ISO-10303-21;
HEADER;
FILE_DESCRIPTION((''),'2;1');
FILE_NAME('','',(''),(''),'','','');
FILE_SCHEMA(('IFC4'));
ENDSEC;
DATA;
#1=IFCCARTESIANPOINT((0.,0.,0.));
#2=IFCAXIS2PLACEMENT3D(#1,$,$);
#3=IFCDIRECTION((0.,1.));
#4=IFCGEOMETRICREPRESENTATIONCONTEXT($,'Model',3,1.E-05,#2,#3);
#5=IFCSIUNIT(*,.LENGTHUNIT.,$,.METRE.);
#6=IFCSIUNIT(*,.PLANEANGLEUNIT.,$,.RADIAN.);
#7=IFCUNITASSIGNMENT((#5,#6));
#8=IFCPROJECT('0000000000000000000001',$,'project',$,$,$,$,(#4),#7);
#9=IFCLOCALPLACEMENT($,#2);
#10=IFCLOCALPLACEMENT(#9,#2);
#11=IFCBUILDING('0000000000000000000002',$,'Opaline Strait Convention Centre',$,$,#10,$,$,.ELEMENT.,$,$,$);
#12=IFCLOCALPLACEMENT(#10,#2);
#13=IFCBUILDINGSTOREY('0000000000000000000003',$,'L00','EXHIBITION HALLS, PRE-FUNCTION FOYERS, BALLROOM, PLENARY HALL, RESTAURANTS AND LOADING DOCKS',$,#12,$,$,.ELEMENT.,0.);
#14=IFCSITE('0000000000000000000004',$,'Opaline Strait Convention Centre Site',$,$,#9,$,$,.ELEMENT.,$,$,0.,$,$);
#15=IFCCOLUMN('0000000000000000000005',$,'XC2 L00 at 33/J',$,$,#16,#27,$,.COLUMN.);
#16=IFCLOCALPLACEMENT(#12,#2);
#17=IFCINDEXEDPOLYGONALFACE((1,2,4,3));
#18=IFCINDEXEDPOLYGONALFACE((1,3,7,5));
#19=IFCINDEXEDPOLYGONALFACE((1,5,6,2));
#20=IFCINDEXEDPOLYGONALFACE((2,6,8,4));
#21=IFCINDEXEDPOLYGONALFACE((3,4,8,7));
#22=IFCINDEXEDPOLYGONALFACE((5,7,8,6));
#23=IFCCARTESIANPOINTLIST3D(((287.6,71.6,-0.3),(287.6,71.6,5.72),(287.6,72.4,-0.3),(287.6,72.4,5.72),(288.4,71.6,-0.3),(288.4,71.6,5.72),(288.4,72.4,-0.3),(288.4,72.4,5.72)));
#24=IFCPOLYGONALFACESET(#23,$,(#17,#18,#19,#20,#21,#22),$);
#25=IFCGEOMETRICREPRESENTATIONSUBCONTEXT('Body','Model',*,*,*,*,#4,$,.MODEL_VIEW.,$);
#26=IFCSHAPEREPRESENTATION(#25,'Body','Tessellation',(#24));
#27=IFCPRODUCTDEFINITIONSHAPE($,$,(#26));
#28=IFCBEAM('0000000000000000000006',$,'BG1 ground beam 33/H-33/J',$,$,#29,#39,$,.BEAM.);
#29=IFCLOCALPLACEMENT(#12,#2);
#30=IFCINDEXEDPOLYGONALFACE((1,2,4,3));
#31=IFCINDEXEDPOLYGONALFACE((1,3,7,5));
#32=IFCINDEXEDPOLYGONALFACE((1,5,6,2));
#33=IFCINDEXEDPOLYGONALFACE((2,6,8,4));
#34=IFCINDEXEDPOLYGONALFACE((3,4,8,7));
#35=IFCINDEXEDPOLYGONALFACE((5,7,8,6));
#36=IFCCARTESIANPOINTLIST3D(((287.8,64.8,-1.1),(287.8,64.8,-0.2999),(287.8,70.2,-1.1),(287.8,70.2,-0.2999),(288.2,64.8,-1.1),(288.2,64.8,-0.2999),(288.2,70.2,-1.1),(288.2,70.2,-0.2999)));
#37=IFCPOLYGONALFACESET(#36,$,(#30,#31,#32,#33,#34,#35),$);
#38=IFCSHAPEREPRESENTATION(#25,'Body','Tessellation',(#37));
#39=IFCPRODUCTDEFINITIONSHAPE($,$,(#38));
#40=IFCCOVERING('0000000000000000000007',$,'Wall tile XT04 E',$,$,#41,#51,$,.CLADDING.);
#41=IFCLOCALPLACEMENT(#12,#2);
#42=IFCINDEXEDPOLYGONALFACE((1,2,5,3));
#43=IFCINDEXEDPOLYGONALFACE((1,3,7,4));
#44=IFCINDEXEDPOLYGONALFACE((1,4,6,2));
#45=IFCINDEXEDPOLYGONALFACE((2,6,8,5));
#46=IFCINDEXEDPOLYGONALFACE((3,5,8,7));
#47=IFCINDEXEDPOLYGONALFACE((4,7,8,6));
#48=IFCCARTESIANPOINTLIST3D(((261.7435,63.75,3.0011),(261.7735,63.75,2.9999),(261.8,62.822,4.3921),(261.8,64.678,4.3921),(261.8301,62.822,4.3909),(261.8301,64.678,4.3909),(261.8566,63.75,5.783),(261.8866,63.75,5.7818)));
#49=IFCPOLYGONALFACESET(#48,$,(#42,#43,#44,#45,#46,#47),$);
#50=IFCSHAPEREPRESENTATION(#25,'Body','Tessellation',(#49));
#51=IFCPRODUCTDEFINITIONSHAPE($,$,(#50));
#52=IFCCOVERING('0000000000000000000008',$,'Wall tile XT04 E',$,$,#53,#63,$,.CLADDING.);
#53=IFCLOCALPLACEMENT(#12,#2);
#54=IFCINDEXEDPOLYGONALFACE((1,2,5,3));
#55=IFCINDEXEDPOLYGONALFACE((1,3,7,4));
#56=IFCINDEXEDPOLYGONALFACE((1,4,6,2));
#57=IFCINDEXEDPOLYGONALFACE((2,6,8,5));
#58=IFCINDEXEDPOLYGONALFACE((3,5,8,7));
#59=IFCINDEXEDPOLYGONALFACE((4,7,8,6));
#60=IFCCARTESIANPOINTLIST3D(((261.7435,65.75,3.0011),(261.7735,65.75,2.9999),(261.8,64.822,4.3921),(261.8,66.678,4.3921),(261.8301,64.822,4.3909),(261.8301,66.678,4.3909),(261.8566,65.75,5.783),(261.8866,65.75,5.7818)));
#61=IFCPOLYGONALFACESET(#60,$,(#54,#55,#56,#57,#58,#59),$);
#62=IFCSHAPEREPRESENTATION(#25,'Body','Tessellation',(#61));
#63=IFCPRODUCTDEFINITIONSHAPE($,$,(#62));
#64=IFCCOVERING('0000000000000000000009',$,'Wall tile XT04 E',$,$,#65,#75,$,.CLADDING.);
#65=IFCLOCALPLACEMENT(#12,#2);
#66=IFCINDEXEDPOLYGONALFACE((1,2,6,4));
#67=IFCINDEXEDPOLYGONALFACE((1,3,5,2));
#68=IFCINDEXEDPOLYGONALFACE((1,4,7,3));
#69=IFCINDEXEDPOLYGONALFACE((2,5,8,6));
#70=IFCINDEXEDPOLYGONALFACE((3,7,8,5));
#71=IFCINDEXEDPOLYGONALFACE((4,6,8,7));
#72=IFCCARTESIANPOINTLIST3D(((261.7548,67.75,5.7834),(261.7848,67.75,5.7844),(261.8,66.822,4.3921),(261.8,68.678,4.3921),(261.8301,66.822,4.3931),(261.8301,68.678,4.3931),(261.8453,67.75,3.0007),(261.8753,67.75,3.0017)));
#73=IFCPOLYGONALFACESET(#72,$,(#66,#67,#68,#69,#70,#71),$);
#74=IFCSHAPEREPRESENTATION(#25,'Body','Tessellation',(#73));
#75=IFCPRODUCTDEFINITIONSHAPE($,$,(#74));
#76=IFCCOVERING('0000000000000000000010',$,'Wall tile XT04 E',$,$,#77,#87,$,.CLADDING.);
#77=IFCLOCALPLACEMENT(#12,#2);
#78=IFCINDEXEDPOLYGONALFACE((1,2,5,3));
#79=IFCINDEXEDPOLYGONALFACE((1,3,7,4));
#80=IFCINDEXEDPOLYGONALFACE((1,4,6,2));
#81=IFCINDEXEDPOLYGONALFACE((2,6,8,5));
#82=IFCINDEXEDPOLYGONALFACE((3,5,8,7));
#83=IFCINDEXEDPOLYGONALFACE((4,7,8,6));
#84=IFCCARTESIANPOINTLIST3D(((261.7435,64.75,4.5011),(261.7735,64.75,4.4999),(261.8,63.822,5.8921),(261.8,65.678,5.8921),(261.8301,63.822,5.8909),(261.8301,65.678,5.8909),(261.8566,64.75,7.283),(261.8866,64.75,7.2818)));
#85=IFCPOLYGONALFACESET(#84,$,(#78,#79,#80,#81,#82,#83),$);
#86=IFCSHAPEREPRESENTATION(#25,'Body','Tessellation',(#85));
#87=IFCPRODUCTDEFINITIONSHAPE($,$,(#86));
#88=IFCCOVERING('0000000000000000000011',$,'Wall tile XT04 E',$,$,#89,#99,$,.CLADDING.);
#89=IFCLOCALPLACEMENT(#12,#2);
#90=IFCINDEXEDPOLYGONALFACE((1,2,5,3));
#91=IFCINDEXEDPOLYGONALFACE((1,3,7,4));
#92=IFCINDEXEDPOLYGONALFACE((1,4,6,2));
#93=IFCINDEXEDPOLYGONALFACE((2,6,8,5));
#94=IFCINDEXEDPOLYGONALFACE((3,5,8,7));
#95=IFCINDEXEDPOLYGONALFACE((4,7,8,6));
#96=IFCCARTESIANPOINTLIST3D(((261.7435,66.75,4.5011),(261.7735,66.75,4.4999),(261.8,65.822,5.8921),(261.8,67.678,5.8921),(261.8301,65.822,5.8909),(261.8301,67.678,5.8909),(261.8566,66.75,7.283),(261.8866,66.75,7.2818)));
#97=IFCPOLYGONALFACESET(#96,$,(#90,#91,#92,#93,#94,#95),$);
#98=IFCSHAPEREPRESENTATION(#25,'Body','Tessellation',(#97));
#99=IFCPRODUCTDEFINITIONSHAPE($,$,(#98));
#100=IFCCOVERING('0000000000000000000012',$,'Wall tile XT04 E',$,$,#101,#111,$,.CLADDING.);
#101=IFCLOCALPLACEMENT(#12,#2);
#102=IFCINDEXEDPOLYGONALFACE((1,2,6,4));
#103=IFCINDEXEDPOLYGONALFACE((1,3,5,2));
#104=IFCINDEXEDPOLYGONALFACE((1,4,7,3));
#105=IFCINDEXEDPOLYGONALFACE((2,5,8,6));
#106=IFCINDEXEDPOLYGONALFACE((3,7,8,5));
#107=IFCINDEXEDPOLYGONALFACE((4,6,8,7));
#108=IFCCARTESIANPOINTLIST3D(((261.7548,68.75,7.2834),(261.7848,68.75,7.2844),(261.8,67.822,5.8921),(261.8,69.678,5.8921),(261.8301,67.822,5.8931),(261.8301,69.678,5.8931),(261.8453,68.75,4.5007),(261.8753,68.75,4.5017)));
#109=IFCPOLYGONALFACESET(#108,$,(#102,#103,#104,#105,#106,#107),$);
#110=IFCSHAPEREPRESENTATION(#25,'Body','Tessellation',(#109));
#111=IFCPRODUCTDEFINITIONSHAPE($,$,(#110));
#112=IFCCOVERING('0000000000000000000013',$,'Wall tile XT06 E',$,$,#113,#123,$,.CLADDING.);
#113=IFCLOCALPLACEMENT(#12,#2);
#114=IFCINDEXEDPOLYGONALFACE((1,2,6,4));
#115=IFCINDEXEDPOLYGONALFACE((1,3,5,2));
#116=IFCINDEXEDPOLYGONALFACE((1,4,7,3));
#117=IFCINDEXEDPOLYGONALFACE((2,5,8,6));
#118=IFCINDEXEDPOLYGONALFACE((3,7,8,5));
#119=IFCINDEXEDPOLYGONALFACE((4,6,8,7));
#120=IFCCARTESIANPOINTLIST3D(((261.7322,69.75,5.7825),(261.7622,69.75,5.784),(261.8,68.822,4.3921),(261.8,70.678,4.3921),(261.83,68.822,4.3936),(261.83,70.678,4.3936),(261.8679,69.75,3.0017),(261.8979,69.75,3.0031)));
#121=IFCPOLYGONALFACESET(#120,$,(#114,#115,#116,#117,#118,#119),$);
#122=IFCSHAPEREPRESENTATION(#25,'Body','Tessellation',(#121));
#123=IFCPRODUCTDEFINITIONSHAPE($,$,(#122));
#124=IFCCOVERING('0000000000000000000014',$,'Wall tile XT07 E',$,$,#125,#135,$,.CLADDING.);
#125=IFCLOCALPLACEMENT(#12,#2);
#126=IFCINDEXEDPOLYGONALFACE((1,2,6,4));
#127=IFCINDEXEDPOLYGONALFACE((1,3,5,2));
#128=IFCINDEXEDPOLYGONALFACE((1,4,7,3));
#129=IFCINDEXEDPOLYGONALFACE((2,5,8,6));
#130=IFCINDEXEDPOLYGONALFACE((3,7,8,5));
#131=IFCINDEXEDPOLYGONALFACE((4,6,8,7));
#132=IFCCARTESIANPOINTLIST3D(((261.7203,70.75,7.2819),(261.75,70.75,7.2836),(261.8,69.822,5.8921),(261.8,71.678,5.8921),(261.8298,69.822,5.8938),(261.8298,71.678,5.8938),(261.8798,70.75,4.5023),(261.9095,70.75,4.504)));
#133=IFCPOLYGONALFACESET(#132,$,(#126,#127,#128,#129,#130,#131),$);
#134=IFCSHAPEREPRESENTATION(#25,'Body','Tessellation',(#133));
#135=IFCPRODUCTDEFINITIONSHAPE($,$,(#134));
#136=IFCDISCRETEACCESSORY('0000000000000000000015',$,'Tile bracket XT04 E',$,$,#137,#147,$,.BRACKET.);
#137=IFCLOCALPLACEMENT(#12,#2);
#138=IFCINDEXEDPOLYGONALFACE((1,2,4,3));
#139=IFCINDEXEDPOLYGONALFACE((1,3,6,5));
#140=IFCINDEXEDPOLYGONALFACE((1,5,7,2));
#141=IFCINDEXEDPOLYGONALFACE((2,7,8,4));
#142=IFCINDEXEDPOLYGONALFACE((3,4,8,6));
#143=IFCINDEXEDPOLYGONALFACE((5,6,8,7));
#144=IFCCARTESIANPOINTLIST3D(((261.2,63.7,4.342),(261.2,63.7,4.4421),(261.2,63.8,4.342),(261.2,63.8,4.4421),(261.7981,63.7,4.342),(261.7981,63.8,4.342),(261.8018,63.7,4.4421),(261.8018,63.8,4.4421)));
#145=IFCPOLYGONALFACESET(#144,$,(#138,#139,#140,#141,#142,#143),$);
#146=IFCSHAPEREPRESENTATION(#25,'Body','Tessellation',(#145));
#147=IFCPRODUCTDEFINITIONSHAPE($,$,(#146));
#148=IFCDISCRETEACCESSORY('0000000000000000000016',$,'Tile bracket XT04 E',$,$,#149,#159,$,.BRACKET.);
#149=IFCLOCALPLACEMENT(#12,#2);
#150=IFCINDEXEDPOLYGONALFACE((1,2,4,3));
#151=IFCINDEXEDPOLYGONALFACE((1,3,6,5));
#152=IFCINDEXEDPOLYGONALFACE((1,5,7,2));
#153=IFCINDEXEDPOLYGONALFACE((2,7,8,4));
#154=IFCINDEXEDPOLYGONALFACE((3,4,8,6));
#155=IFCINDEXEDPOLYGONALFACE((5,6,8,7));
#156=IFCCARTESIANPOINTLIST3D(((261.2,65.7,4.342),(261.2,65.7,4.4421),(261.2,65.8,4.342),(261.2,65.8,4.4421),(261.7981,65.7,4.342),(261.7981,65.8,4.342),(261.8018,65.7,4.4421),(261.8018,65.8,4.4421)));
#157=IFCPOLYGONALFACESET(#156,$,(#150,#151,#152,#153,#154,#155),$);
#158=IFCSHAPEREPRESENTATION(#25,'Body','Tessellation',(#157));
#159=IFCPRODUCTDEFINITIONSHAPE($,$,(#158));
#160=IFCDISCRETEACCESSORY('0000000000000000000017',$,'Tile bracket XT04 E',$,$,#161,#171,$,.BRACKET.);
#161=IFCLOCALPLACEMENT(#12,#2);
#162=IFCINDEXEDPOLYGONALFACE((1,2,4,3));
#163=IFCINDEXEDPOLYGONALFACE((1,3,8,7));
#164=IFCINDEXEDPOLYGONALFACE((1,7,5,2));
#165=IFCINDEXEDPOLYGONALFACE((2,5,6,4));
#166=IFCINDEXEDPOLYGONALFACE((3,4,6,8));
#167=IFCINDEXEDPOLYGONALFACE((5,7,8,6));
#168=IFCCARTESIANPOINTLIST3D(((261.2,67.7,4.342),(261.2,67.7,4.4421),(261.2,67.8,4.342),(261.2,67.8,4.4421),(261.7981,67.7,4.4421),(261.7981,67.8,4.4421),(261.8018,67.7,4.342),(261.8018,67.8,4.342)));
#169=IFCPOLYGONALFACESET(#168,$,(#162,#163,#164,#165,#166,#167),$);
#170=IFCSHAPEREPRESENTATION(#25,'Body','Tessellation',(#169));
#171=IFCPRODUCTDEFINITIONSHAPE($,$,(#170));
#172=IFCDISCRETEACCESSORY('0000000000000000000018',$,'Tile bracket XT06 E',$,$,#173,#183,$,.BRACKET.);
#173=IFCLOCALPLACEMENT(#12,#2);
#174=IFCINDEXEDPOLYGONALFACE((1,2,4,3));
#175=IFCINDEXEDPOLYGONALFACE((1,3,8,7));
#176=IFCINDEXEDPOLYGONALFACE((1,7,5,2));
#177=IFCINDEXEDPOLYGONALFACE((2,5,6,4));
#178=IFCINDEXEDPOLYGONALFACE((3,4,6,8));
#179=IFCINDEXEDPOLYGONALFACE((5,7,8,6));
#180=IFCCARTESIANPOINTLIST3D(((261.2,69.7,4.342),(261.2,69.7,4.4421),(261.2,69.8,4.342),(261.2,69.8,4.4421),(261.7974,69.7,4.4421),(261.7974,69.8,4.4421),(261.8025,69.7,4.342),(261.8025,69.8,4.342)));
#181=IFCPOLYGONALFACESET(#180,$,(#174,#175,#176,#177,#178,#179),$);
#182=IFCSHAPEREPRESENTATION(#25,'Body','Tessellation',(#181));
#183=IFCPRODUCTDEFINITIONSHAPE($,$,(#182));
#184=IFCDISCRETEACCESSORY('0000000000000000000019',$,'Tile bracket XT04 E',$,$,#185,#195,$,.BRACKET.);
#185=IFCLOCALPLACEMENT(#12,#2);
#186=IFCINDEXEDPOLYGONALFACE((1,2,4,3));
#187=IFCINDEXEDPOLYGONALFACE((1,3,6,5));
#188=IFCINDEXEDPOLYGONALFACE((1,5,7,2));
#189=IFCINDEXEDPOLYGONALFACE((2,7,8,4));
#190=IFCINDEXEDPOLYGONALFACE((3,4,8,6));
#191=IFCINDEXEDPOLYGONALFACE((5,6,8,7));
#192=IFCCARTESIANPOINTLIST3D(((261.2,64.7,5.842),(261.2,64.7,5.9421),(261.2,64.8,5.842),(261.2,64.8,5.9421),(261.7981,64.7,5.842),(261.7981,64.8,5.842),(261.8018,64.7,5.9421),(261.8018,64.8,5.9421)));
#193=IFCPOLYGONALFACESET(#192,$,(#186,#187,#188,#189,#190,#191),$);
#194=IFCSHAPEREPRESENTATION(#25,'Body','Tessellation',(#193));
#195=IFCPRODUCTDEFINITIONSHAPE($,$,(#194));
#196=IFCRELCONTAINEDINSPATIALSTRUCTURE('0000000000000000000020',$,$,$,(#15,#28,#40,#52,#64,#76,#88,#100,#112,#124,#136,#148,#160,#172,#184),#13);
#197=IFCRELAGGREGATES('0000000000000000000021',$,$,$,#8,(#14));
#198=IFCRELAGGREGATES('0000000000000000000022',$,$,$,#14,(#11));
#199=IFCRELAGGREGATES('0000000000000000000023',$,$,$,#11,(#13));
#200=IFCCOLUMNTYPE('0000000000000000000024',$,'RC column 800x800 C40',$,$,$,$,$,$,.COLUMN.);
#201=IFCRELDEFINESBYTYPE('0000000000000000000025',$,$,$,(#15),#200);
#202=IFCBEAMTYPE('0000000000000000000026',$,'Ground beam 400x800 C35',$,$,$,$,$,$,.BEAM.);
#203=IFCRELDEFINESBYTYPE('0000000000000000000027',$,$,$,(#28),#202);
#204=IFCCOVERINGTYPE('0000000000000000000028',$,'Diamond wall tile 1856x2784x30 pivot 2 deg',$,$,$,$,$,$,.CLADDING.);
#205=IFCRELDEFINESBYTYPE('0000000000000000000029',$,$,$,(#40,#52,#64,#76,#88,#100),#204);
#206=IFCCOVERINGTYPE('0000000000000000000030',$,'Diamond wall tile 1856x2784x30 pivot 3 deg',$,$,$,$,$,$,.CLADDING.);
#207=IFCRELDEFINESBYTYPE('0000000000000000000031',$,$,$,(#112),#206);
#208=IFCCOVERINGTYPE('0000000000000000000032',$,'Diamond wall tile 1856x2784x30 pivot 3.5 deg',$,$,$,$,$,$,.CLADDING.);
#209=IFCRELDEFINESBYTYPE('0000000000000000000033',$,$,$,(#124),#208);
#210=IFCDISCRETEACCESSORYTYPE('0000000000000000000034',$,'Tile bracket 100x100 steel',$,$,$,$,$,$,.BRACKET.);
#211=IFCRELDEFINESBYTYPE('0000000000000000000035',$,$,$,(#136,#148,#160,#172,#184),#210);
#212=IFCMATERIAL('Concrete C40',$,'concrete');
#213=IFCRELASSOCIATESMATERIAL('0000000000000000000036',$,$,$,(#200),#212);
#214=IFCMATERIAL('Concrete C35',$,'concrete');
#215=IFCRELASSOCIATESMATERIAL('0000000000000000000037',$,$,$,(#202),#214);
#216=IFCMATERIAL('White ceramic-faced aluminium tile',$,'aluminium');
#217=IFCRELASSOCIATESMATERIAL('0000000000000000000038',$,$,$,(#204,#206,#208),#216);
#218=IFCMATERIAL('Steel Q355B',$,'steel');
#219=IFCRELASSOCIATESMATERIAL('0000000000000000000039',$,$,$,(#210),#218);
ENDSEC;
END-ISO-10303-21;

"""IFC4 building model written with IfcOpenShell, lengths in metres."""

from ifc_helpers import new_model, si_unit, direction, frame, origin, origin_2d, place, context, subcontext, project, spatial, polyline, rectangle, outline, extrude, material, material_profile, profile_set, type_object, element, save


model = new_model("IFC4")

# Units and contexts
model_context = context("Model", 3, precision=1e-05, world=origin(), true_north=direction((0.0, 1.0)))
body_context = subcontext(model_context, "Body", "Model", "MODEL_VIEW")
ifc_project = project(units=[si_unit("LENGTHUNIT", "METRE"), si_unit("PLANEANGLEUNIT", "RADIAN")], contexts=[model_context])

# Site, building, storey
site_placement = place(None, origin())
site = spatial("IfcSite", under=ifc_project, at=site_placement, Name="Opaline Strait Convention Centre Site", CompositionType="ELEMENT", RefElevation=0.0)
building_placement = place(site_placement, origin())
building = spatial("IfcBuilding", under=site, at=building_placement, Name="Opaline Strait Convention Centre", CompositionType="ELEMENT")
storey_placement = place(building_placement, origin())
storey = spatial("IfcBuildingStorey", under=building, at=storey_placement, Name="L00", Description="EXHIBITION HALLS, PRE-FUNCTION FOYERS, BALLROOM, PLENARY HALL, RESTAURANTS AND LOADING DOCKS", CompositionType="ELEMENT", Elevation=0.0)

# Shared definitions
ifc_material_1 = material(Name="Concrete C35", Category="concrete")

# Column
ifc_material_2 = material(Name="Concrete C40", Category="concrete")
ifc_material_profile_1 = material_profile(ifc_material_2, rectangle(XDim=0.8, YDim=0.8, at=origin_2d()), Name="RC 800x800")
ifc_profile_set_1 = profile_set([ifc_material_profile_1], Name="Concrete C40")
column_type = type_object("IfcColumnType", Name="RC column 800x800 C40", PredefinedType="COLUMN", material=ifc_profile_set_1)
for number, where, z_axis, x_axis, name in (
    (1, (288.0, 72.0, -0.3), (0.0, 0.0, 1.0), (1.0, 0.0, 0.0), "XC2 L00 at 33/J"),
):
    element("IfcColumn", number, at=place(storey_placement, frame(where, z_axis=z_axis, x_axis=x_axis)), inside=storey, type_object=column_type, Name=name, PredefinedType="COLUMN", context=body_context, shape_type="SweptSolid", body=[
        extrude(rectangle(XDim=0.8, YDim=0.8, at=origin_2d()), origin(), (0.0, 0.0, 1.0), 6.02),
    ])

# Beam
ifc_material_profile_2 = material_profile(ifc_material_1, rectangle(XDim=0.3999, YDim=0.8, at=origin_2d()), Name="RC 400x800")
ifc_profile_set_2 = profile_set([ifc_material_profile_2], Name="Concrete C35")
beam_type = type_object("IfcBeamType", Name="Ground beam 400x800 C35", PredefinedType="BEAM", material=ifc_profile_set_2)
beam_placement = place(storey_placement, frame((288.0, 64.8, -0.7), z_axis=(0.0, 1.0, 0.0), x_axis=(-1.0, 0.0, 0.0)))
element("IfcBeam", 2, at=beam_placement, inside=storey, type_object=beam_type, Name="BG1 ground beam 33/H-33/J", PredefinedType="BEAM", context=body_context, shape_type="SweptSolid", body=[
    extrude(rectangle(XDim=0.3999, YDim=0.8, at=origin_2d()), origin(), (0.0, 0.0, 1.0), 5.3999),
])

# Coverings
ifc_material_3 = material(Name="White ceramic-faced aluminium tile", Category="aluminium")
ifc_material_profile_3 = material_profile(ifc_material_3, outline(polyline([(0.928, 0.0), (0.0, 1.3921), (-0.928, 0.0), (0.0, -1.3921), (0.928, 0.0)])), Name="Diamond tile 1856x2784")
ifc_profile_set_3 = profile_set([ifc_material_profile_3], Name="White ceramic-faced aluminium tile")
covering_type_1 = type_object("IfcCoveringType", Name="Diamond wall tile 1856x2784x30 pivot 2 deg", PredefinedType="CLADDING", material=ifc_profile_set_3)
for number, where, z_axis, x_axis, name in (
    (3, (261.8, 63.75, 4.3921), (0.999175, 0.0, -0.040617), (0.0, 1.0, 0.0), "Wall tile XT04 E"),
    (4, (261.8, 65.75, 4.3921), (0.999175, 0.0, -0.040617), (0.0, 1.0, 0.0), "Wall tile XT04 E"),
    (5, (261.8, 67.75, 4.3921), (0.999472, 0.0, 0.032503), (0.0, 1.0, 0.0), "Wall tile XT04 E"),
    (6, (261.8, 64.75, 5.8921), (0.999175, 0.0, -0.040617), (0.0, 1.0, 0.0), "Wall tile XT04 E"),
    (7, (261.8, 66.75, 5.8921), (0.999175, 0.0, -0.040617), (0.0, 1.0, 0.0), "Wall tile XT04 E"),
    (8, (261.8, 68.75, 5.8921), (0.999472, 0.0, 0.032503), (0.0, 1.0, 0.0), "Wall tile XT04 E"),
):
    element("IfcCovering", number, at=place(storey_placement, frame(where, z_axis=z_axis, x_axis=x_axis)), inside=storey, type_object=covering_type_1, Name=name, PredefinedType="CLADDING", context=body_context, shape_type="SweptSolid", body=[
        extrude(outline(polyline([(0.928, 0.0), (0.0, 1.3921), (-0.928, 0.0), (0.0, -1.3921), (0.928, 0.0)])), origin(), (0.0, 0.0, 1.0), 0.03),
    ])
ifc_material_profile_4 = material_profile(ifc_material_3, outline(polyline([(0.928, 0.0), (0.0, 1.3921), (-0.928, 0.0), (0.0, -1.3921), (0.928, 0.0)])), Name="Diamond tile 1856x2784")
ifc_profile_set_4 = profile_set([ifc_material_profile_4], Name="White ceramic-faced aluminium tile")
covering_type_2 = type_object("IfcCoveringType", Name="Diamond wall tile 1856x2784x30 pivot 3 deg", PredefinedType="CLADDING", material=ifc_profile_set_4)
covering_1_placement = place(storey_placement, frame((261.8, 69.75, 4.3921), z_axis=(0.998812, 0.0, 0.048723), x_axis=(0.0, 1.0, 0.0)))
element("IfcCovering", 9, at=covering_1_placement, inside=storey, type_object=covering_type_2, Name="Wall tile XT06 E", PredefinedType="CLADDING", context=body_context, shape_type="SweptSolid", body=[
    extrude(outline(polyline([(0.928, 0.0), (0.0, 1.3921), (-0.928, 0.0), (0.0, -1.3921), (0.928, 0.0)])), origin(), (0.0, 0.0, 1.0), 0.03),
])
ifc_material_profile_5 = material_profile(ifc_material_3, outline(polyline([(0.928, 0.0), (0.0, 1.3921), (-0.928, 0.0), (0.0, -1.3921), (0.928, 0.0)])), Name="Diamond tile 1856x2784")
ifc_profile_set_5 = profile_set([ifc_material_profile_5], Name="White ceramic-faced aluminium tile")
covering_type_3 = type_object("IfcCoveringType", Name="Diamond wall tile 1856x2784x30 pivot 3.5 deg", PredefinedType="CLADDING", material=ifc_profile_set_5)
covering_2_placement = place(storey_placement, frame((261.8, 70.75, 5.8921), z_axis=(0.998358, 0.0, 0.057283), x_axis=(0.0, 1.0, 0.0)))
element("IfcCovering", 10, at=covering_2_placement, inside=storey, type_object=covering_type_3, Name="Wall tile XT07 E", PredefinedType="CLADDING", context=body_context, shape_type="SweptSolid", body=[
    extrude(outline(polyline([(0.928, 0.0), (0.0, 1.3921), (-0.928, 0.0), (0.0, -1.3921), (0.928, 0.0)])), origin(), (0.0, 0.0, 1.0), 0.0298),
])

# Discrete accessories
ifc_material_4 = material(Name="Steel Q355B", Category="steel")
discrete_accessory_type = type_object("IfcDiscreteAccessoryType", Name="Tile bracket 100x100 steel", PredefinedType="BRACKET", material=ifc_material_4)
for number, where, z_axis, x_axis, name in (
    (11, (261.2, 63.7, 4.3921), (0.0, 1.0, 0.0), (-1.0, 0.0, 0.0), "Tile bracket XT04 E"),
    (12, (261.2, 65.7, 4.3921), (0.0, 1.0, 0.0), (-1.0, 0.0, 0.0), "Tile bracket XT04 E"),
):
    element("IfcDiscreteAccessory", number, at=place(storey_placement, frame(where, z_axis=z_axis, x_axis=x_axis)), inside=storey, type_object=discrete_accessory_type, Name=name, PredefinedType="BRACKET", context=body_context, shape_type="SweptSolid", body=[
        extrude(outline(polyline([(0.0, -0.05), (0.0, 0.05), (-0.6018, 0.05), (-0.5981, -0.05), (0.0, -0.05)])), origin(), (0.0, 0.0, 1.0), 0.1001),
    ])
discrete_accessory_1_placement = place(storey_placement, frame((261.2, 67.7, 4.3921), z_axis=(0.0, 1.0, 0.0), x_axis=(-1.0, 0.0, 0.0)))
element("IfcDiscreteAccessory", 13, at=discrete_accessory_1_placement, inside=storey, type_object=discrete_accessory_type, Name="Tile bracket XT04 E", PredefinedType="BRACKET", context=body_context, shape_type="SweptSolid", body=[
    extrude(outline(polyline([(0.0, -0.05), (0.0, 0.05), (-0.5981, 0.05), (-0.6018, -0.05), (0.0, -0.05)])), origin(), (0.0, 0.0, 1.0), 0.1001),
])
discrete_accessory_2_placement = place(storey_placement, frame((261.2, 69.7, 4.3921), z_axis=(0.0, 1.0, 0.0), x_axis=(-1.0, 0.0, 0.0)))
element("IfcDiscreteAccessory", 14, at=discrete_accessory_2_placement, inside=storey, type_object=discrete_accessory_type, Name="Tile bracket XT06 E", PredefinedType="BRACKET", context=body_context, shape_type="SweptSolid", body=[
    extrude(outline(polyline([(0.0, -0.05), (0.0, 0.05), (-0.5974, 0.05), (-0.6025, -0.05), (0.0, -0.05)])), origin(), (0.0, 0.0, 1.0), 0.1001),
])
for number, where, z_axis, x_axis, name in (
    (15, (261.2, 64.7, 5.8921), (0.0, 1.0, 0.0), (-1.0, 0.0, 0.0), "Tile bracket XT04 E"),
):
    element("IfcDiscreteAccessory", number, at=place(storey_placement, frame(where, z_axis=z_axis, x_axis=x_axis)), inside=storey, type_object=discrete_accessory_type, Name=name, PredefinedType="BRACKET", context=body_context, shape_type="SweptSolid", body=[
        extrude(outline(polyline([(0.0, -0.05), (0.0, 0.05), (-0.6018, 0.05), (-0.5981, -0.05), (0.0, -0.05)])), origin(), (0.0, 0.0, 1.0), 0.1001),
    ])

save(model, "model.ifc")
